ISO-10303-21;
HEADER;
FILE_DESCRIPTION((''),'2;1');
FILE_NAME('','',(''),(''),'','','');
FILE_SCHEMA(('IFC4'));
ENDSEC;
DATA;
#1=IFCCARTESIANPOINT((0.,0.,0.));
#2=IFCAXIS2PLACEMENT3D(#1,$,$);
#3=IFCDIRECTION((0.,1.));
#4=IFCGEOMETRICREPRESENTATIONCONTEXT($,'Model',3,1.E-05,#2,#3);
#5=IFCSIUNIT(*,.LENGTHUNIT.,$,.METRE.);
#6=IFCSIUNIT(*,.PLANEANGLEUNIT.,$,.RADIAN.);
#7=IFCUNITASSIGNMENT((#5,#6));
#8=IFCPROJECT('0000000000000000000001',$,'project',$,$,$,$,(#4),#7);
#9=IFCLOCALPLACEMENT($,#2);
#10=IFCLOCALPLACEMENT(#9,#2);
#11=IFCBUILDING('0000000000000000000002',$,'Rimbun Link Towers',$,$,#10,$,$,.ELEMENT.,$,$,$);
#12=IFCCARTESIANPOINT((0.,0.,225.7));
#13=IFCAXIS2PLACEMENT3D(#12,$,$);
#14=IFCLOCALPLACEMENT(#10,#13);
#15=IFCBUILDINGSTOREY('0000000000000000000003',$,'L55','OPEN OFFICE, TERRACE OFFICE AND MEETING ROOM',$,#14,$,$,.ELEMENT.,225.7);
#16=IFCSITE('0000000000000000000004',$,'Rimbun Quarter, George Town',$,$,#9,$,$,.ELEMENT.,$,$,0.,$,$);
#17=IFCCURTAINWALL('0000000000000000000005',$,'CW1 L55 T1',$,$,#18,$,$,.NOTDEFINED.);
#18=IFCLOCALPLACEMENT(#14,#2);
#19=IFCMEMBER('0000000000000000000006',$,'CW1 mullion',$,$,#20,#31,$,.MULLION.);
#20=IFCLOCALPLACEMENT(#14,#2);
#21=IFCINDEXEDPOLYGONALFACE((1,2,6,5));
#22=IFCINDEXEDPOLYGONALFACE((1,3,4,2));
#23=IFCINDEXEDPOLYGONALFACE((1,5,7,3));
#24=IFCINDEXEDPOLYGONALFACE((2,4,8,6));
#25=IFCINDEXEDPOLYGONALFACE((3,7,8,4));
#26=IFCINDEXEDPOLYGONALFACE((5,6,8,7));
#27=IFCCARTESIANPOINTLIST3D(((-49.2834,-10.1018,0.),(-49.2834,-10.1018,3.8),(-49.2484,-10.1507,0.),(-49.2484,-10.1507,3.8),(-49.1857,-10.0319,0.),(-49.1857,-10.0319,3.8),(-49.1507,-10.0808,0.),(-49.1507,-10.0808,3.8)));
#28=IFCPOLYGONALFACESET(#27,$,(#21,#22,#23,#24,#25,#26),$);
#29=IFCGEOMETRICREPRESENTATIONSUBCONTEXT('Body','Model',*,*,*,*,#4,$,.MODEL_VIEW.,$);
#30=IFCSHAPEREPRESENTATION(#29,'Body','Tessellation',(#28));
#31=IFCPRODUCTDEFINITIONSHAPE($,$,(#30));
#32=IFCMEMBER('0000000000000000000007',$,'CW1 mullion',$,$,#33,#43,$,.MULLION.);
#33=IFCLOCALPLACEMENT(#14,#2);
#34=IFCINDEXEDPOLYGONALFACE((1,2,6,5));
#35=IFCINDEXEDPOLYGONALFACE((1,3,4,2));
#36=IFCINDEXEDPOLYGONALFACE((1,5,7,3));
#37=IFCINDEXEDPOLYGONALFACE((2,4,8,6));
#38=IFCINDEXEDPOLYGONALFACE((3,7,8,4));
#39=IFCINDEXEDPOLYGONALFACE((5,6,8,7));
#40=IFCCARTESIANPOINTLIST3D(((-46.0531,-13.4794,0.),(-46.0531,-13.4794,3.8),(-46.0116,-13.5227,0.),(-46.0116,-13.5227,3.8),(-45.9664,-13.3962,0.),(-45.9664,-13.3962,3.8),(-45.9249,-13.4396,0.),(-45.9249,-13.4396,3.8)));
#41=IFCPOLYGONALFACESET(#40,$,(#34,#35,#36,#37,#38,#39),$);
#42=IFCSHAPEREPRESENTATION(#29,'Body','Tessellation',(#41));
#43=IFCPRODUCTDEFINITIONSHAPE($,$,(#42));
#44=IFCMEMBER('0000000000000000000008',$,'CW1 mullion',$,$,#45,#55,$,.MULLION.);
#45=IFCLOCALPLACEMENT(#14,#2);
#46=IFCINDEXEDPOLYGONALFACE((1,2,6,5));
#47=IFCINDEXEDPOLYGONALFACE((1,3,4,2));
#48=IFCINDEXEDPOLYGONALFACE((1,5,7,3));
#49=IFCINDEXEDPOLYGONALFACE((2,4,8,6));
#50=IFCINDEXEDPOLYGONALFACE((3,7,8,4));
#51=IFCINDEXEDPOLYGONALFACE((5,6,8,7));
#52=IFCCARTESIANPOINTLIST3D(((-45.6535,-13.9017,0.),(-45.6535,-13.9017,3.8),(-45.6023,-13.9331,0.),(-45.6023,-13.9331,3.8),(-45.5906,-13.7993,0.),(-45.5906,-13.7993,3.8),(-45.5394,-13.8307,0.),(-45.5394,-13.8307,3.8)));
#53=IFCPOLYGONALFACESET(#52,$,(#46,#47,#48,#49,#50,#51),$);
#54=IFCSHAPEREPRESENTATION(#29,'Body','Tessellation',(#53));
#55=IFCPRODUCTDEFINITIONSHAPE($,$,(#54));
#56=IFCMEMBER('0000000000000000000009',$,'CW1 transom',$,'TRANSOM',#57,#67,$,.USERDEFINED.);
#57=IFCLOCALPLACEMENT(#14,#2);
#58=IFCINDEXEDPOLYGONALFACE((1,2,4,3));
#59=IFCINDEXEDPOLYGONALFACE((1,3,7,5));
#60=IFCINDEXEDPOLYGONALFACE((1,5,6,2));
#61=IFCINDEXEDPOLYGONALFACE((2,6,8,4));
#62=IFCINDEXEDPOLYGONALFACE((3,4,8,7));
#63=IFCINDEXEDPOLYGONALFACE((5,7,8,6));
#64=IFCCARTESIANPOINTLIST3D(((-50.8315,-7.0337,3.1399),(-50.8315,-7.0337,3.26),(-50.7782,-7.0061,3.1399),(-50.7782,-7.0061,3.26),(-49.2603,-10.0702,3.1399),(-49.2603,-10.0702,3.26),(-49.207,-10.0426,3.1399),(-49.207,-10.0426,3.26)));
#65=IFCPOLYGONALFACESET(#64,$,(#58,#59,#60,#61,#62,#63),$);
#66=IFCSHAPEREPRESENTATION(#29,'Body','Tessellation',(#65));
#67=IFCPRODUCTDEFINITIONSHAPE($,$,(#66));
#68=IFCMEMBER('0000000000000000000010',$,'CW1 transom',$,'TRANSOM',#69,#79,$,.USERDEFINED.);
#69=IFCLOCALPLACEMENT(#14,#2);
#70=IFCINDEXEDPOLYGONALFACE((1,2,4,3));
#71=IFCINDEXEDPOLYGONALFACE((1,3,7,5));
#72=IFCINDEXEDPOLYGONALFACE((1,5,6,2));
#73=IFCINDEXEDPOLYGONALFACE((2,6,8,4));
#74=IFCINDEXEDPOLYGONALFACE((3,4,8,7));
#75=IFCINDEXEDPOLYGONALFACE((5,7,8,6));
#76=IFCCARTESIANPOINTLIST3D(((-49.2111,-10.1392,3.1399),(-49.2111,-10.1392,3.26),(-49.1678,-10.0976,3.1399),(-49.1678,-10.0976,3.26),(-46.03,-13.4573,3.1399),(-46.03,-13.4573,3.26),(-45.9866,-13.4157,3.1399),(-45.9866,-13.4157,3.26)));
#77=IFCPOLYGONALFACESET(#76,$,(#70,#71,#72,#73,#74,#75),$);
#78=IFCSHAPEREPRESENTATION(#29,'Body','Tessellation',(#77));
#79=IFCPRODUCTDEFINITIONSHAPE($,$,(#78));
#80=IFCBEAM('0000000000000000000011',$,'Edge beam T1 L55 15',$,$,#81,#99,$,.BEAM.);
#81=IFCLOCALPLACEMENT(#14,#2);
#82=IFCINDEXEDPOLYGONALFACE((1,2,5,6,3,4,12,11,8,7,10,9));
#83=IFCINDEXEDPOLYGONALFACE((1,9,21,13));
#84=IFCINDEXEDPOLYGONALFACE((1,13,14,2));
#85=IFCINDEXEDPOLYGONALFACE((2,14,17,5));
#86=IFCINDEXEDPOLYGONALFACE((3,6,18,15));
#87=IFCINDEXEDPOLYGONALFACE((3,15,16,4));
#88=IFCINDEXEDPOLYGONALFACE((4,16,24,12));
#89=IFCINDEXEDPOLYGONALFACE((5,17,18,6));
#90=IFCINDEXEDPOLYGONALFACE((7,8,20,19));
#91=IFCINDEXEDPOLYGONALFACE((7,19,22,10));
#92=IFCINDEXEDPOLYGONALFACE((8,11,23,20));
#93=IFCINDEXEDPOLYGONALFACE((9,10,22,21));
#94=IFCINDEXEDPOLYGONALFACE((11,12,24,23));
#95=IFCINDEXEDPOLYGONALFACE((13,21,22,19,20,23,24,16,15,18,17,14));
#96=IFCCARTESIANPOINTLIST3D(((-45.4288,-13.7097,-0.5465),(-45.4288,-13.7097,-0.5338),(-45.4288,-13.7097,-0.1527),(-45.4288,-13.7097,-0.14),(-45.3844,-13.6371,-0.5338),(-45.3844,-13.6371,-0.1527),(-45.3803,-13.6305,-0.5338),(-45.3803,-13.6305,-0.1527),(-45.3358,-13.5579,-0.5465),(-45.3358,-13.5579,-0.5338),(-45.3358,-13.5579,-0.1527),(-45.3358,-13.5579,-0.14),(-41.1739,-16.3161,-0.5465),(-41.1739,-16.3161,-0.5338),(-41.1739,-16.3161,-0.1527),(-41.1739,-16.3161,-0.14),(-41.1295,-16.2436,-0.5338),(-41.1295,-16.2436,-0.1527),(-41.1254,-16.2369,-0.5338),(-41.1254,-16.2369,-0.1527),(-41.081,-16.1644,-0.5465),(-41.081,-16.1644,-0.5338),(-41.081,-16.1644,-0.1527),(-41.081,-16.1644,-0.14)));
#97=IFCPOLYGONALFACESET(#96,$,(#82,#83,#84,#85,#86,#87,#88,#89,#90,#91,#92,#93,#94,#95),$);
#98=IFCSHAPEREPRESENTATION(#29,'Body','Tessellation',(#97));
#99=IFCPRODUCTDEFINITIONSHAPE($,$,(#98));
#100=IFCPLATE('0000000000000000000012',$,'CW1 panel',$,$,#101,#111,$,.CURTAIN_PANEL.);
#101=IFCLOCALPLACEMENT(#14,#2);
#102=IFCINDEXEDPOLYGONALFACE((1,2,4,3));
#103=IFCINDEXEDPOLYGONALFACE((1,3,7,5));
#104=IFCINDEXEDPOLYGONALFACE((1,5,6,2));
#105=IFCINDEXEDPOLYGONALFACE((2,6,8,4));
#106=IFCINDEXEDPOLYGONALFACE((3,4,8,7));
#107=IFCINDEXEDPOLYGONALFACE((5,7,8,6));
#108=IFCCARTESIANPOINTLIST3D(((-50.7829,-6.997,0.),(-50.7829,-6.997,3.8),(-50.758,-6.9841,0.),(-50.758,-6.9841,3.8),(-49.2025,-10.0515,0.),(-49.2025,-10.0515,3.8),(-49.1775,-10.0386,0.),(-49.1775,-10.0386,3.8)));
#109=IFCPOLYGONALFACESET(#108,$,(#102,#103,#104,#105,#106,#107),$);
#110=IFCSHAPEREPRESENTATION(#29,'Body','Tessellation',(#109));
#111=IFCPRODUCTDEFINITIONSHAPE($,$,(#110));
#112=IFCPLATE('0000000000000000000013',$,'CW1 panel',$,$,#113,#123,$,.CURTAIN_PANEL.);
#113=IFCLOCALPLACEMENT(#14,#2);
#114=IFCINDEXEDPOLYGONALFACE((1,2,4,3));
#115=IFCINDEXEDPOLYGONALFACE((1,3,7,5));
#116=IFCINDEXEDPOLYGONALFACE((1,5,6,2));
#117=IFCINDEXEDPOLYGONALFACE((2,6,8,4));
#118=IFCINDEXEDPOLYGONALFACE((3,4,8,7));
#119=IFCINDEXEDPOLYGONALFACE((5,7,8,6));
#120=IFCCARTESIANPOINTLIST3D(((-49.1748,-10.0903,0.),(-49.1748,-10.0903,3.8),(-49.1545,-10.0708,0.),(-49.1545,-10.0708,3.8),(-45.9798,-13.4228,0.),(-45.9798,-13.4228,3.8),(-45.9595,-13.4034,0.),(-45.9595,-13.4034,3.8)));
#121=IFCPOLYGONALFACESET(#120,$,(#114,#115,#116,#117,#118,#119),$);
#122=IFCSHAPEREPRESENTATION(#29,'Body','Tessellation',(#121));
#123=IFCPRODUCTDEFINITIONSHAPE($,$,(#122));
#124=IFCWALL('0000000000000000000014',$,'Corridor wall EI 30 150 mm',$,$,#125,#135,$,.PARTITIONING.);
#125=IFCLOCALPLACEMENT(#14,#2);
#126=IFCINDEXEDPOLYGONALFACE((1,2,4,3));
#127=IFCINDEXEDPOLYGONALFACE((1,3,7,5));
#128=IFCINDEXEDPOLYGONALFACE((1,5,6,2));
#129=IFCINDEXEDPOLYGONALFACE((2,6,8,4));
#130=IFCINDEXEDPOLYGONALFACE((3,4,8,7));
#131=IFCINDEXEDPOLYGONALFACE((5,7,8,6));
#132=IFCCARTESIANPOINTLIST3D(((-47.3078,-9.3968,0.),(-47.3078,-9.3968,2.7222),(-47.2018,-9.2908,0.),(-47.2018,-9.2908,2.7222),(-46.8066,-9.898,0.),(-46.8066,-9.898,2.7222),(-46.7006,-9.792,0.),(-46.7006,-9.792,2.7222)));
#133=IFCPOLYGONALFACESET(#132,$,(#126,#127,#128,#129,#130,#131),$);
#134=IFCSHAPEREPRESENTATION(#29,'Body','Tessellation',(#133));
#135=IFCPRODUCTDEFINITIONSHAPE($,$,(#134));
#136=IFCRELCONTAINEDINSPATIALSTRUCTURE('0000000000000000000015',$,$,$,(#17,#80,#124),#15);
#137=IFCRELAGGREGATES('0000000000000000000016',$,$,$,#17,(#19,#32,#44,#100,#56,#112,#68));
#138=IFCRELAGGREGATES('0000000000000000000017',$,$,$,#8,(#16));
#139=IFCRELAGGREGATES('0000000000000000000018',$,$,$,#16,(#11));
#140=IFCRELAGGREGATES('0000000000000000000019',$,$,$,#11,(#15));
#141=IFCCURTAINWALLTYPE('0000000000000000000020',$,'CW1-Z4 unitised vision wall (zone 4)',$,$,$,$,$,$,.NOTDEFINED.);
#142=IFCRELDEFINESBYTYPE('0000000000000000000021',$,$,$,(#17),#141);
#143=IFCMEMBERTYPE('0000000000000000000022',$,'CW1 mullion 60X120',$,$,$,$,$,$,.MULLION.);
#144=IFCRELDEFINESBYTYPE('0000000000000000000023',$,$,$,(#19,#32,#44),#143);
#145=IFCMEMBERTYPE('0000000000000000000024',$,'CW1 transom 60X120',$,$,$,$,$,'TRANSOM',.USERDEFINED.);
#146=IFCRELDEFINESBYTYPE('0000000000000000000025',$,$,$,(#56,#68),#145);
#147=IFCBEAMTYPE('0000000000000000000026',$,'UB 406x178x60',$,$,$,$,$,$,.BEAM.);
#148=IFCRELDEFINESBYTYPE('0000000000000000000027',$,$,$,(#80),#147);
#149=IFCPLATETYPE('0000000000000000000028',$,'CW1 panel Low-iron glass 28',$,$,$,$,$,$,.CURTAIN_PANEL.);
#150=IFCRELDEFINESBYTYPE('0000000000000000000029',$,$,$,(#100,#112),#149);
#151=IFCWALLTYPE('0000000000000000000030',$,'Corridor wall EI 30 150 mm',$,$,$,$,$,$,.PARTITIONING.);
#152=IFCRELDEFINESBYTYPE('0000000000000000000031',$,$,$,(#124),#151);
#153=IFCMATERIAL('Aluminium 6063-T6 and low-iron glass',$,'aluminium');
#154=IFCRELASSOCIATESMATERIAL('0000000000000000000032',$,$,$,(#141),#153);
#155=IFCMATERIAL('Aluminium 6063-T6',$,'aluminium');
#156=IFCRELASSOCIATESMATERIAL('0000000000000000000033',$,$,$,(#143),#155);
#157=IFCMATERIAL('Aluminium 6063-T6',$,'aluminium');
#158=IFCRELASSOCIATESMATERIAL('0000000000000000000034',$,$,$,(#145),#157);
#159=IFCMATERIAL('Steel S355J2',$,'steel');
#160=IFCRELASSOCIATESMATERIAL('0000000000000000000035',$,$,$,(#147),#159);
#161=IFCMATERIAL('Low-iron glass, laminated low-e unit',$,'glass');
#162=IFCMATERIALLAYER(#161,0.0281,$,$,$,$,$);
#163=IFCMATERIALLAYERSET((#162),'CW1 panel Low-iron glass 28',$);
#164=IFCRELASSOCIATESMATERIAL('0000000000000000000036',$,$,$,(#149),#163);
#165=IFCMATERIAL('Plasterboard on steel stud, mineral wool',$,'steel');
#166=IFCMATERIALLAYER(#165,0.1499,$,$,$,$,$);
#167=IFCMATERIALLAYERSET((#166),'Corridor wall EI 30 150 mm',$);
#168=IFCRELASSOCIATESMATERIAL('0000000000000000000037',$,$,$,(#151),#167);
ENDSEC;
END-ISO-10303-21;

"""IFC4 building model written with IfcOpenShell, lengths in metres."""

from ifc_helpers import new_model, si_unit, direction, frame, frame_2d, origin, origin_2d, place, context, subcontext, project, spatial, rectangle, i_section, extrude, material, layer, layer_set, material_profile, profile_set, type_object, element, aggregate, save


model = new_model("IFC4")

# Units and contexts
model_context = context("Model", 3, precision=1e-05, world=origin(), true_north=direction((0.0, 1.0)))
body_context = subcontext(model_context, "Body", "Model", "MODEL_VIEW")
ifc_project = project(units=[si_unit("LENGTHUNIT", "METRE"), si_unit("PLANEANGLEUNIT", "RADIAN")], contexts=[model_context])

# Site, building, storey
site_placement = place(None, origin())
site = spatial("IfcSite", under=ifc_project, at=site_placement, Name="Rimbun Quarter, George Town", CompositionType="ELEMENT", RefElevation=0.0)
building_placement = place(site_placement, origin())
building = spatial("IfcBuilding", under=site, at=building_placement, Name="Rimbun Link Towers", CompositionType="ELEMENT")
storey_placement = place(building_placement, frame((0.0, 0.0, 225.7)))
storey = spatial("IfcBuildingStorey", under=building, at=storey_placement, Name="L55", Description="OPEN OFFICE, TERRACE OFFICE AND MEETING ROOM", CompositionType="ELEMENT", Elevation=225.7)

# Curtain wall, members
ifc_material_1 = material(Name="Aluminium 6063-T6 and low-iron glass", Category="aluminium")
curtain_wall_type = type_object("IfcCurtainWallType", Name="CW1-Z4 unitised vision wall (zone 4)", PredefinedType="NOTDEFINED", material=ifc_material_1)
curtain_wall_placement = place(storey_placement, origin())
curtain_wall = element("IfcCurtainWall", 1, at=curtain_wall_placement, inside=storey, type_object=curtain_wall_type, Name="CW1 L55 T1", PredefinedType="NOTDEFINED")
ifc_material_2 = material(Name="Aluminium 6063-T6", Category="aluminium")
ifc_material_profile_1 = material_profile(ifc_material_2, rectangle(XDim=0.1201, YDim=0.0601, at=origin_2d()), Name="MULLION 60X120")
ifc_profile_set_1 = profile_set([ifc_material_profile_1], Name="Aluminium 6063-T6")
member_type_1 = type_object("IfcMemberType", Name="CW1 mullion 60X120", PredefinedType="MULLION", material=ifc_profile_set_1)
member_1_placement = place(storey_placement, frame((-49.217, -10.0913, 0.0), z_axis=(0.0, 0.0, 1.0), x_axis=(-0.813354, -0.58177, 0.0)))
member_1 = element("IfcMember", 2, at=member_1_placement, type_object=member_type_1, Name="CW1 mullion", PredefinedType="MULLION", context=body_context, shape_type="SweptSolid", body=[
    extrude(rectangle(XDim=0.1201, YDim=0.0601, at=origin_2d()), origin(), (0.0, 0.0, 1.0), 3.8),
])
member_2_placement = place(storey_placement, frame((-45.989, -13.4595, 0.0), z_axis=(0.0, 0.0, 1.0), x_axis=(-0.721853, -0.692046, 0.0)))
member_2 = element("IfcMember", 3, at=member_2_placement, type_object=member_type_1, Name="CW1 mullion", PredefinedType="MULLION", context=body_context, shape_type="SweptSolid", body=[
    extrude(rectangle(XDim=0.1201, YDim=0.0601, at=origin_2d()), origin(), (0.0, 0.0, 1.0), 3.8),
])
member_3_placement = place(storey_placement, frame((-45.5964, -13.8662, 0.0), z_axis=(0.0, 0.0, 1.0), x_axis=(-0.523237, -0.852187, 0.0)))
member_3 = element("IfcMember", 4, at=member_3_placement, type_object=member_type_1, Name="CW1 mullion", PredefinedType="MULLION", context=body_context, shape_type="SweptSolid", body=[
    extrude(rectangle(XDim=0.1201, YDim=0.0601, at=origin_2d()), origin(), (0.0, 0.0, 1.0), 3.8),
])
ifc_material_3 = material(Name="Aluminium 6063-T6", Category="aluminium")
ifc_material_profile_2 = material_profile(ifc_material_3, rectangle(XDim=0.0601, YDim=0.1201, at=origin_2d()), Name="TRANSOM 60X120")
ifc_profile_set_2 = profile_set([ifc_material_profile_2], Name="Aluminium 6063-T6")
member_type_2 = type_object("IfcMemberType", Name="CW1 transom 60X120", ElementType="TRANSOM", PredefinedType="USERDEFINED", material=ifc_profile_set_2)
member_4_placement = place(storey_placement, frame((-49.2336, -10.0564, 3.2), z_axis=(-0.459567, 0.888143, 0.0), x_axis=(-0.888143, -0.459567, 0.0)))
member_4 = element("IfcMember", 5, at=member_4_placement, type_object=member_type_2, Name="CW1 transom", ObjectType="TRANSOM", PredefinedType="USERDEFINED", context=body_context, shape_type="SweptSolid", body=[
    extrude(rectangle(XDim=0.0601, YDim=0.1201, at=origin_2d()), origin(), (0.0, 0.0, 1.0), 3.4189),
])
member_5_placement = place(storey_placement, frame((-46.0083, -13.4365, 3.2), z_axis=(-0.692052, 0.721848, 0.0), x_axis=(-0.721848, -0.692052, 0.0)))
member_5 = element("IfcMember", 6, at=member_5_placement, type_object=member_type_2, Name="CW1 transom", ObjectType="TRANSOM", PredefinedType="USERDEFINED", context=body_context, shape_type="SweptSolid", body=[
    extrude(rectangle(XDim=0.0601, YDim=0.1201, at=origin_2d()), origin(), (0.0, 0.0, 1.0), 4.5967),
])

# Beam
ifc_material_4 = material(Name="Steel S355J2", Category="steel")
ifc_material_profile_3 = material_profile(ifc_material_4, i_section(OverallWidth=0.178, OverallDepth=0.4065, WebThickness=0.0078, FlangeThickness=0.0127, at=origin_2d()), Name="UB 406x178x60")
ifc_profile_set_3 = profile_set([ifc_material_profile_3], Name="Steel S355J2")
beam_type = type_object("IfcBeamType", Name="UB 406x178x60", PredefinedType="BEAM", material=ifc_profile_set_3)
beam_placement = place(storey_placement, frame((-45.3823, -13.6338, -0.3433), z_axis=(0.852725, -0.52236, 0.0), x_axis=(0.52236, 0.852725, 0.0)))
element("IfcBeam", 7, at=beam_placement, inside=storey, type_object=beam_type, Name="Edge beam T1 L55 15", PredefinedType="BEAM", context=body_context, shape_type="SweptSolid", body=[
    extrude(i_section(OverallWidth=0.178, OverallDepth=0.4065, WebThickness=0.0078, FlangeThickness=0.0127, at=origin_2d()), origin(), (0.0, 0.0, 1.0), 4.9897),
])

# Plates
ifc_material_5 = material(Name="Low-iron glass, laminated low-e unit", Category="glass")
ifc_layer_1 = layer(ifc_material_5, 0.0281)
ifc_layer_set_1 = layer_set([ifc_layer_1], Name="CW1 panel Low-iron glass 28")
plate_type = type_object("IfcPlateType", Name="CW1 panel Low-iron glass 28", PredefinedType="CURTAIN_PANEL", material=ifc_layer_set_1)
plate_1_placement = place(storey_placement, frame((-49.9802, -8.5178, 0.0), z_axis=(0.0, 0.0, 1.0), x_axis=(-0.459548, 0.888153, 0.0)))
plate_1 = element("IfcPlate", 8, at=plate_1_placement, type_object=plate_type, Name="CW1 panel", PredefinedType="CURTAIN_PANEL", context=body_context, shape_type="SweptSolid", body=[
    extrude(rectangle(XDim=3.4392, YDim=0.0281, at=origin_2d()), origin(), (0.0, 0.0, 1.0), 3.8),
])
plate_2_placement = place(storey_placement, frame((-47.5671, -11.7468, 0.0), z_axis=(0.0, 0.0, 1.0), x_axis=(-0.692046, 0.721853, 0.0)))
plate_2 = element("IfcPlate", 9, at=plate_2_placement, type_object=plate_type, Name="CW1 panel", PredefinedType="CURTAIN_PANEL", context=body_context, shape_type="SweptSolid", body=[
    extrude(rectangle(XDim=4.6167, YDim=0.0281, at=origin_2d()), origin(), (0.0, 0.0, 1.0), 3.8),
])
aggregate(curtain_wall, [member_1, member_2, member_3, plate_1, member_4, plate_2, member_5])

# Wall
ifc_material_6 = material(Name="Plasterboard on steel stud, mineral wool", Category="steel")
ifc_layer_2 = layer(ifc_material_6, 0.1499)
ifc_layer_set_2 = layer_set([ifc_layer_2], Name="Corridor wall EI 30 150 mm")
wall_type_1 = type_object("IfcWallType", Name="Corridor wall EI 30 150 mm", PredefinedType="PARTITIONING", material=ifc_layer_set_2)
wall_1_placement = place(storey_placement, frame((-47.2549, -9.3438, 0.0), z_axis=(0.0, 0.0, 1.0), x_axis=(0.707107, -0.707107, 0.0)))
element("IfcWall", 10, at=wall_1_placement, inside=storey, type_object=wall_type_1, Name="Corridor wall EI 30 150 mm", PredefinedType="PARTITIONING", context=body_context, shape_type="SweptSolid", body=[
    extrude(rectangle(XDim=0.7087, YDim=0.1499, at=frame_2d((0.3545, 0.0))), origin(), (0.0, 0.0, 1.0), 2.7222),
])

save(model, "model.ifc")
